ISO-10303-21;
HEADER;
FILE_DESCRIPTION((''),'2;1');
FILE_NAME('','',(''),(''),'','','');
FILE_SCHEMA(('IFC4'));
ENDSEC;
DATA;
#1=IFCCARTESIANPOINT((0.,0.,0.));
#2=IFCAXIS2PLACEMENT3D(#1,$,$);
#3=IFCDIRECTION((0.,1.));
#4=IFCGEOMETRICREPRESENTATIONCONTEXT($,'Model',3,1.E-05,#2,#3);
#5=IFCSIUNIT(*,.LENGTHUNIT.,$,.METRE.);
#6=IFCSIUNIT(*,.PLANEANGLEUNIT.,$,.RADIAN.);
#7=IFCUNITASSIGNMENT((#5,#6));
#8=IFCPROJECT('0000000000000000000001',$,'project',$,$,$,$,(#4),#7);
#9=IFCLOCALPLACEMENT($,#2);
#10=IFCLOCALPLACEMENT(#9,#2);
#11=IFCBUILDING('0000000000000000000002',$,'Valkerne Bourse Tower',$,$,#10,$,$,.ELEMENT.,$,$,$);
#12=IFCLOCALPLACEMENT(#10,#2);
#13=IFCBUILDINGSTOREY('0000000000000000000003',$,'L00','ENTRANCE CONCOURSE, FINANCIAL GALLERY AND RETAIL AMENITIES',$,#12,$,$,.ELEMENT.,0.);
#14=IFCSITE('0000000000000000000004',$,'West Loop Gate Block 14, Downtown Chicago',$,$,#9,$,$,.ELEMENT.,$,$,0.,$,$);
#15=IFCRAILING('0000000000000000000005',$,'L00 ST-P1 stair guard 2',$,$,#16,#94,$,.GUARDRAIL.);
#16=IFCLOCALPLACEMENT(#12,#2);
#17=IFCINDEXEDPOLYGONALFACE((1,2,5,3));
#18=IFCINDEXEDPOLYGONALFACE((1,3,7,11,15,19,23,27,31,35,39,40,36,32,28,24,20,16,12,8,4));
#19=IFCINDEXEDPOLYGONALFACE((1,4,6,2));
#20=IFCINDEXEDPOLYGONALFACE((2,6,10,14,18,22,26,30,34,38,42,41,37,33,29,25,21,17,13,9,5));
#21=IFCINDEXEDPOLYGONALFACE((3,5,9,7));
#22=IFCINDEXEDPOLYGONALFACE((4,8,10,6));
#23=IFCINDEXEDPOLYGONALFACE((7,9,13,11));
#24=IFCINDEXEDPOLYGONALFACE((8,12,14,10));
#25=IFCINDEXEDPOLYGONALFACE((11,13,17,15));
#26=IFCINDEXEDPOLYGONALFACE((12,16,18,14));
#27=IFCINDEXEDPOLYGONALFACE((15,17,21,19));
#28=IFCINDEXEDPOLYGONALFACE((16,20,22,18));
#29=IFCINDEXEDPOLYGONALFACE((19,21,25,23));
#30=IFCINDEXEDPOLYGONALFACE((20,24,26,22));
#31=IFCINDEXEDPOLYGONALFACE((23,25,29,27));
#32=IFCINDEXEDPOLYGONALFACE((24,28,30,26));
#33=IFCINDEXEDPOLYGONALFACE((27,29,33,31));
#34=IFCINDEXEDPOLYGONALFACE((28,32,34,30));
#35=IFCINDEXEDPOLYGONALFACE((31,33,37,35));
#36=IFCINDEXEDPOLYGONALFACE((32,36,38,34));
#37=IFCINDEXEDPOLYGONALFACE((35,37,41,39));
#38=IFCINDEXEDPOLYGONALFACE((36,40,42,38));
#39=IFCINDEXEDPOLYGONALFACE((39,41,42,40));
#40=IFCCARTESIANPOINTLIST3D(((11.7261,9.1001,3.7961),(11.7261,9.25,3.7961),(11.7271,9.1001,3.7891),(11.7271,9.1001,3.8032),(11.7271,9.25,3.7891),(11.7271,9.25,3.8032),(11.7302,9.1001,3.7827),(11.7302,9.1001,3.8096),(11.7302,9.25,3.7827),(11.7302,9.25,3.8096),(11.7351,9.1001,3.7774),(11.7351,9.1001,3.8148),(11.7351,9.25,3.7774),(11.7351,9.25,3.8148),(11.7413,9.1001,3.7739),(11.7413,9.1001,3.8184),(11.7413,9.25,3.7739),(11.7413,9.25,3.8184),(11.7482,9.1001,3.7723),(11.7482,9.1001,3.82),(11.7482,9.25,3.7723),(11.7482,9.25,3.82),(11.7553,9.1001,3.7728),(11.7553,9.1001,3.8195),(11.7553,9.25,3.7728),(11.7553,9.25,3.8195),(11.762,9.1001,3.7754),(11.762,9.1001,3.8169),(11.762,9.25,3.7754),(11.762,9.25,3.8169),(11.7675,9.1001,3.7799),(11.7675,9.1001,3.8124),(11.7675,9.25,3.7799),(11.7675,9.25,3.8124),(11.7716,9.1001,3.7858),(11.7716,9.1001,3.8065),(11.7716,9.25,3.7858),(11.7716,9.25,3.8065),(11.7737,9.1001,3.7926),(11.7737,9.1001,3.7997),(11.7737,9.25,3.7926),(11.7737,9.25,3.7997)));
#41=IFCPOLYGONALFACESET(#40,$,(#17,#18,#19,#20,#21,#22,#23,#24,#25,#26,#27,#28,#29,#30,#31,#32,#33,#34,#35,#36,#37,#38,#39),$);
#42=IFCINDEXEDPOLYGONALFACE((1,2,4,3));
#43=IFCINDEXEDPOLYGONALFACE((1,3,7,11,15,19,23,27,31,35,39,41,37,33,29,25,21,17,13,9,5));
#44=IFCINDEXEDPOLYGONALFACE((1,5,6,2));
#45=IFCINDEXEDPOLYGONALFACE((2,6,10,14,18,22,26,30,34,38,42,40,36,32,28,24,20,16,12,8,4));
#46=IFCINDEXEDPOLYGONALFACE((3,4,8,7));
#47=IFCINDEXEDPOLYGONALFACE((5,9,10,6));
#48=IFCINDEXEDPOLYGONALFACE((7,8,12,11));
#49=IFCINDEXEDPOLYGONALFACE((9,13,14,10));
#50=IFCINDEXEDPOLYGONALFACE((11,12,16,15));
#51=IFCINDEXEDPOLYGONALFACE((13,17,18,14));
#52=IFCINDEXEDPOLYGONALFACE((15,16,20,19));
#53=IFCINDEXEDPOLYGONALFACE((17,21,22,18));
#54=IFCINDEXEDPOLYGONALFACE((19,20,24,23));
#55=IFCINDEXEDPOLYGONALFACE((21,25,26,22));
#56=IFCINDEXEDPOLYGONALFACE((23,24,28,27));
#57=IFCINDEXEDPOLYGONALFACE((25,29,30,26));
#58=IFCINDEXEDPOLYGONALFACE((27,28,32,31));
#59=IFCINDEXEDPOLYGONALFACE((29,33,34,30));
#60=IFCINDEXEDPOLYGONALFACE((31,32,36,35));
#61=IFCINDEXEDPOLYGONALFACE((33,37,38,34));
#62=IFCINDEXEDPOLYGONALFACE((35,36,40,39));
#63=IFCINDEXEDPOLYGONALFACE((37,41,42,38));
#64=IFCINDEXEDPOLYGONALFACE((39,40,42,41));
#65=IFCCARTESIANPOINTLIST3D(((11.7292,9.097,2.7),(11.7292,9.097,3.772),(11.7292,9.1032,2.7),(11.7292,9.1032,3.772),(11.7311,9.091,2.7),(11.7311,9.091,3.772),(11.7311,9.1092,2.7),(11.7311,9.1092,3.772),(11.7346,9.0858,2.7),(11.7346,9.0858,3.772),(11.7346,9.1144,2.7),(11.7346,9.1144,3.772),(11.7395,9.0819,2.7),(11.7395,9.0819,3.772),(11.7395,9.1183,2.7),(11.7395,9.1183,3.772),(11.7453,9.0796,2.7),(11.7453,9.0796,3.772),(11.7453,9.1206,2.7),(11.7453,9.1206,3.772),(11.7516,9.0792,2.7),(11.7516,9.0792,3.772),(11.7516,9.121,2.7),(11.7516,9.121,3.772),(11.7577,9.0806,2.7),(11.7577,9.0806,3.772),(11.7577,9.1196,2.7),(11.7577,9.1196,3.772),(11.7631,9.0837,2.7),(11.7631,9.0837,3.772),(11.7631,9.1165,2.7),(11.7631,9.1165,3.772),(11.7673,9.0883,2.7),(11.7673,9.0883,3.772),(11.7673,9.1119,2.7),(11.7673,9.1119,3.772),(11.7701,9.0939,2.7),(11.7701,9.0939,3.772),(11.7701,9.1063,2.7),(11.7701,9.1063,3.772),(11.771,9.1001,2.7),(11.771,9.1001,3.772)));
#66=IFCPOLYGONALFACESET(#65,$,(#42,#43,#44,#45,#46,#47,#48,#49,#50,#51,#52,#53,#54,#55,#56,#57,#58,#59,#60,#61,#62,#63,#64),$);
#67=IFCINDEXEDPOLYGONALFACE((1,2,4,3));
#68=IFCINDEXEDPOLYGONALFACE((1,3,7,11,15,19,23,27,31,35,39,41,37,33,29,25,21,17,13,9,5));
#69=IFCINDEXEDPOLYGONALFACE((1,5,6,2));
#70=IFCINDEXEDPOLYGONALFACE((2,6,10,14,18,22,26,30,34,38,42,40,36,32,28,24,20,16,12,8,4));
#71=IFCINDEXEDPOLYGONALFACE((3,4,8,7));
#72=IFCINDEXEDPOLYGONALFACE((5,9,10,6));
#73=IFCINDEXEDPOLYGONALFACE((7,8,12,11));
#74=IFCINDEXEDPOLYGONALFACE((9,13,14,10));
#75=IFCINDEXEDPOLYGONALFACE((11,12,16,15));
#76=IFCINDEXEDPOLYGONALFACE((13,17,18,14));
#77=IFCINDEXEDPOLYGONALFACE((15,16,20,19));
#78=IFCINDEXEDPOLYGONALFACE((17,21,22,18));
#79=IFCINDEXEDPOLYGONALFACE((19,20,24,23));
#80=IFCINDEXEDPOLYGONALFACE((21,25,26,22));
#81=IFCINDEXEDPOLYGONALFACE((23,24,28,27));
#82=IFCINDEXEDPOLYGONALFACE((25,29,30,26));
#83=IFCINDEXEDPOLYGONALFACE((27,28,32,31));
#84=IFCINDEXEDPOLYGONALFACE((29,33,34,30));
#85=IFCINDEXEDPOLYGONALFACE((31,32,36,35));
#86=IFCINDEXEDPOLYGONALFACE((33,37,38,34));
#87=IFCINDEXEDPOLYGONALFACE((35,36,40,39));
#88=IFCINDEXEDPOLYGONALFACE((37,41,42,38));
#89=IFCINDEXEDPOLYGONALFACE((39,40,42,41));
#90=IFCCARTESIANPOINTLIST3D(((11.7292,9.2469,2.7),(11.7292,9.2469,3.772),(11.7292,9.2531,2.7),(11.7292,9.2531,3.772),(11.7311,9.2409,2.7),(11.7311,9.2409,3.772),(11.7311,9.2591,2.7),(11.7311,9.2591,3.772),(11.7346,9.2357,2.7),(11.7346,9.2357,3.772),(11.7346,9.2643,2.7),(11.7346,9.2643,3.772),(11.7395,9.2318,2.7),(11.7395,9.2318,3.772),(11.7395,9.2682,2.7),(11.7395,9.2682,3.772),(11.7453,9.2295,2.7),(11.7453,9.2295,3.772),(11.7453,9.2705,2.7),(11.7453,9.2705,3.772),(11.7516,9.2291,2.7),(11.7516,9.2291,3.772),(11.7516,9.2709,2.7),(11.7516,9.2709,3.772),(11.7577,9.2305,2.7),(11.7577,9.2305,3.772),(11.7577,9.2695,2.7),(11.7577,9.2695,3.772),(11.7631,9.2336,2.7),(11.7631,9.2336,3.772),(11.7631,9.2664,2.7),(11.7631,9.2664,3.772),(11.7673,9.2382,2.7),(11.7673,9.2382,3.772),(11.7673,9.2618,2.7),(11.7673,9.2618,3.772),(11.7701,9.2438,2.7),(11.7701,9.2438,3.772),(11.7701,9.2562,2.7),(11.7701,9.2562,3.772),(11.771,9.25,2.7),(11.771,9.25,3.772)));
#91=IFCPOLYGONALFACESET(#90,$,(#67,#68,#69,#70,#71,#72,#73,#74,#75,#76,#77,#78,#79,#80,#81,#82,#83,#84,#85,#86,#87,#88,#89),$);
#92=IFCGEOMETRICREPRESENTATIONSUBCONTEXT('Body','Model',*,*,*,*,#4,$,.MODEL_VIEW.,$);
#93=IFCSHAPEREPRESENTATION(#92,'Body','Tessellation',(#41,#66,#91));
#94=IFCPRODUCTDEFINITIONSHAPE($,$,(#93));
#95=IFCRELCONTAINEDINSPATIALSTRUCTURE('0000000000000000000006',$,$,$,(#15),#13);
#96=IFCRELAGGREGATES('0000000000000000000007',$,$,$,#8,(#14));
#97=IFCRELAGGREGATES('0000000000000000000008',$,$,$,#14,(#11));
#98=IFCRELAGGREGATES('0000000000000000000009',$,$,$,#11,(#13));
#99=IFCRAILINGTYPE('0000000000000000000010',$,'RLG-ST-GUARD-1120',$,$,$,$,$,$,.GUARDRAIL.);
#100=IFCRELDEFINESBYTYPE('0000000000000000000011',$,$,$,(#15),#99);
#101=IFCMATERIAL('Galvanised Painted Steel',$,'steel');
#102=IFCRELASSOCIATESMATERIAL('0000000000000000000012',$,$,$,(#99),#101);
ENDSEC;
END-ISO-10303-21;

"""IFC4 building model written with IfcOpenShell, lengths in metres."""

from ifc_helpers import new_model, si_unit, direction, frame, origin, origin_2d, place, context, subcontext, project, spatial, circle, extrude, material, type_object, element, save


model = new_model("IFC4")

# Units and contexts
model_context = context("Model", 3, precision=1e-05, world=origin(), true_north=direction((0.0, 1.0)))
body_context = subcontext(model_context, "Body", "Model", "MODEL_VIEW")
ifc_project = project(units=[si_unit("LENGTHUNIT", "METRE"), si_unit("PLANEANGLEUNIT", "RADIAN")], contexts=[model_context])

# Site, building, storey
site_placement = place(None, origin())
site = spatial("IfcSite", under=ifc_project, at=site_placement, Name="West Loop Gate Block 14, Downtown Chicago", CompositionType="ELEMENT", RefElevation=0.0)
building_placement = place(site_placement, origin())
building = spatial("IfcBuilding", under=site, at=building_placement, Name="Valkerne Bourse Tower", CompositionType="ELEMENT")
storey_placement = place(building_placement, origin())
storey = spatial("IfcBuildingStorey", under=building, at=storey_placement, Name="L00", Description="ENTRANCE CONCOURSE, FINANCIAL GALLERY AND RETAIL AMENITIES", CompositionType="ELEMENT", Elevation=0.0)

# Shared definitions
ifc_material_1 = material(Name="Galvanised Painted Steel", Category="steel")

# Railing
railing_type_1 = type_object("IfcRailingType", Name="RLG-ST-GUARD-1120", PredefinedType="GUARDRAIL", material=ifc_material_1)
railing_1_placement = place(storey_placement, frame((11.75, 9.1001, 2.7)))
element("IfcRailing", 1, at=railing_1_placement, inside=storey, type_object=railing_type_1, Name="L00 ST-P1 stair guard 2", PredefinedType="GUARDRAIL", context=body_context, shape_type="SweptSolid", body=[
    extrude(circle(Radius=0.0239, at=origin_2d()), frame((0.0, 0.0, 1.0962), z_axis=(0.0, 1.0, 0.0), x_axis=(-1.0, 0.0, 0.0)), (0.0, 0.0, 1.0), 0.1499),
    extrude(circle(Radius=0.021, at=origin_2d()), origin(), (0.0, 0.0, 1.0), 1.072),
    extrude(circle(Radius=0.021, at=origin_2d()), frame((0.0, 0.1499, 0.0)), (0.0, 0.0, 1.0), 1.072),
])

save(model, "model.ifc")
